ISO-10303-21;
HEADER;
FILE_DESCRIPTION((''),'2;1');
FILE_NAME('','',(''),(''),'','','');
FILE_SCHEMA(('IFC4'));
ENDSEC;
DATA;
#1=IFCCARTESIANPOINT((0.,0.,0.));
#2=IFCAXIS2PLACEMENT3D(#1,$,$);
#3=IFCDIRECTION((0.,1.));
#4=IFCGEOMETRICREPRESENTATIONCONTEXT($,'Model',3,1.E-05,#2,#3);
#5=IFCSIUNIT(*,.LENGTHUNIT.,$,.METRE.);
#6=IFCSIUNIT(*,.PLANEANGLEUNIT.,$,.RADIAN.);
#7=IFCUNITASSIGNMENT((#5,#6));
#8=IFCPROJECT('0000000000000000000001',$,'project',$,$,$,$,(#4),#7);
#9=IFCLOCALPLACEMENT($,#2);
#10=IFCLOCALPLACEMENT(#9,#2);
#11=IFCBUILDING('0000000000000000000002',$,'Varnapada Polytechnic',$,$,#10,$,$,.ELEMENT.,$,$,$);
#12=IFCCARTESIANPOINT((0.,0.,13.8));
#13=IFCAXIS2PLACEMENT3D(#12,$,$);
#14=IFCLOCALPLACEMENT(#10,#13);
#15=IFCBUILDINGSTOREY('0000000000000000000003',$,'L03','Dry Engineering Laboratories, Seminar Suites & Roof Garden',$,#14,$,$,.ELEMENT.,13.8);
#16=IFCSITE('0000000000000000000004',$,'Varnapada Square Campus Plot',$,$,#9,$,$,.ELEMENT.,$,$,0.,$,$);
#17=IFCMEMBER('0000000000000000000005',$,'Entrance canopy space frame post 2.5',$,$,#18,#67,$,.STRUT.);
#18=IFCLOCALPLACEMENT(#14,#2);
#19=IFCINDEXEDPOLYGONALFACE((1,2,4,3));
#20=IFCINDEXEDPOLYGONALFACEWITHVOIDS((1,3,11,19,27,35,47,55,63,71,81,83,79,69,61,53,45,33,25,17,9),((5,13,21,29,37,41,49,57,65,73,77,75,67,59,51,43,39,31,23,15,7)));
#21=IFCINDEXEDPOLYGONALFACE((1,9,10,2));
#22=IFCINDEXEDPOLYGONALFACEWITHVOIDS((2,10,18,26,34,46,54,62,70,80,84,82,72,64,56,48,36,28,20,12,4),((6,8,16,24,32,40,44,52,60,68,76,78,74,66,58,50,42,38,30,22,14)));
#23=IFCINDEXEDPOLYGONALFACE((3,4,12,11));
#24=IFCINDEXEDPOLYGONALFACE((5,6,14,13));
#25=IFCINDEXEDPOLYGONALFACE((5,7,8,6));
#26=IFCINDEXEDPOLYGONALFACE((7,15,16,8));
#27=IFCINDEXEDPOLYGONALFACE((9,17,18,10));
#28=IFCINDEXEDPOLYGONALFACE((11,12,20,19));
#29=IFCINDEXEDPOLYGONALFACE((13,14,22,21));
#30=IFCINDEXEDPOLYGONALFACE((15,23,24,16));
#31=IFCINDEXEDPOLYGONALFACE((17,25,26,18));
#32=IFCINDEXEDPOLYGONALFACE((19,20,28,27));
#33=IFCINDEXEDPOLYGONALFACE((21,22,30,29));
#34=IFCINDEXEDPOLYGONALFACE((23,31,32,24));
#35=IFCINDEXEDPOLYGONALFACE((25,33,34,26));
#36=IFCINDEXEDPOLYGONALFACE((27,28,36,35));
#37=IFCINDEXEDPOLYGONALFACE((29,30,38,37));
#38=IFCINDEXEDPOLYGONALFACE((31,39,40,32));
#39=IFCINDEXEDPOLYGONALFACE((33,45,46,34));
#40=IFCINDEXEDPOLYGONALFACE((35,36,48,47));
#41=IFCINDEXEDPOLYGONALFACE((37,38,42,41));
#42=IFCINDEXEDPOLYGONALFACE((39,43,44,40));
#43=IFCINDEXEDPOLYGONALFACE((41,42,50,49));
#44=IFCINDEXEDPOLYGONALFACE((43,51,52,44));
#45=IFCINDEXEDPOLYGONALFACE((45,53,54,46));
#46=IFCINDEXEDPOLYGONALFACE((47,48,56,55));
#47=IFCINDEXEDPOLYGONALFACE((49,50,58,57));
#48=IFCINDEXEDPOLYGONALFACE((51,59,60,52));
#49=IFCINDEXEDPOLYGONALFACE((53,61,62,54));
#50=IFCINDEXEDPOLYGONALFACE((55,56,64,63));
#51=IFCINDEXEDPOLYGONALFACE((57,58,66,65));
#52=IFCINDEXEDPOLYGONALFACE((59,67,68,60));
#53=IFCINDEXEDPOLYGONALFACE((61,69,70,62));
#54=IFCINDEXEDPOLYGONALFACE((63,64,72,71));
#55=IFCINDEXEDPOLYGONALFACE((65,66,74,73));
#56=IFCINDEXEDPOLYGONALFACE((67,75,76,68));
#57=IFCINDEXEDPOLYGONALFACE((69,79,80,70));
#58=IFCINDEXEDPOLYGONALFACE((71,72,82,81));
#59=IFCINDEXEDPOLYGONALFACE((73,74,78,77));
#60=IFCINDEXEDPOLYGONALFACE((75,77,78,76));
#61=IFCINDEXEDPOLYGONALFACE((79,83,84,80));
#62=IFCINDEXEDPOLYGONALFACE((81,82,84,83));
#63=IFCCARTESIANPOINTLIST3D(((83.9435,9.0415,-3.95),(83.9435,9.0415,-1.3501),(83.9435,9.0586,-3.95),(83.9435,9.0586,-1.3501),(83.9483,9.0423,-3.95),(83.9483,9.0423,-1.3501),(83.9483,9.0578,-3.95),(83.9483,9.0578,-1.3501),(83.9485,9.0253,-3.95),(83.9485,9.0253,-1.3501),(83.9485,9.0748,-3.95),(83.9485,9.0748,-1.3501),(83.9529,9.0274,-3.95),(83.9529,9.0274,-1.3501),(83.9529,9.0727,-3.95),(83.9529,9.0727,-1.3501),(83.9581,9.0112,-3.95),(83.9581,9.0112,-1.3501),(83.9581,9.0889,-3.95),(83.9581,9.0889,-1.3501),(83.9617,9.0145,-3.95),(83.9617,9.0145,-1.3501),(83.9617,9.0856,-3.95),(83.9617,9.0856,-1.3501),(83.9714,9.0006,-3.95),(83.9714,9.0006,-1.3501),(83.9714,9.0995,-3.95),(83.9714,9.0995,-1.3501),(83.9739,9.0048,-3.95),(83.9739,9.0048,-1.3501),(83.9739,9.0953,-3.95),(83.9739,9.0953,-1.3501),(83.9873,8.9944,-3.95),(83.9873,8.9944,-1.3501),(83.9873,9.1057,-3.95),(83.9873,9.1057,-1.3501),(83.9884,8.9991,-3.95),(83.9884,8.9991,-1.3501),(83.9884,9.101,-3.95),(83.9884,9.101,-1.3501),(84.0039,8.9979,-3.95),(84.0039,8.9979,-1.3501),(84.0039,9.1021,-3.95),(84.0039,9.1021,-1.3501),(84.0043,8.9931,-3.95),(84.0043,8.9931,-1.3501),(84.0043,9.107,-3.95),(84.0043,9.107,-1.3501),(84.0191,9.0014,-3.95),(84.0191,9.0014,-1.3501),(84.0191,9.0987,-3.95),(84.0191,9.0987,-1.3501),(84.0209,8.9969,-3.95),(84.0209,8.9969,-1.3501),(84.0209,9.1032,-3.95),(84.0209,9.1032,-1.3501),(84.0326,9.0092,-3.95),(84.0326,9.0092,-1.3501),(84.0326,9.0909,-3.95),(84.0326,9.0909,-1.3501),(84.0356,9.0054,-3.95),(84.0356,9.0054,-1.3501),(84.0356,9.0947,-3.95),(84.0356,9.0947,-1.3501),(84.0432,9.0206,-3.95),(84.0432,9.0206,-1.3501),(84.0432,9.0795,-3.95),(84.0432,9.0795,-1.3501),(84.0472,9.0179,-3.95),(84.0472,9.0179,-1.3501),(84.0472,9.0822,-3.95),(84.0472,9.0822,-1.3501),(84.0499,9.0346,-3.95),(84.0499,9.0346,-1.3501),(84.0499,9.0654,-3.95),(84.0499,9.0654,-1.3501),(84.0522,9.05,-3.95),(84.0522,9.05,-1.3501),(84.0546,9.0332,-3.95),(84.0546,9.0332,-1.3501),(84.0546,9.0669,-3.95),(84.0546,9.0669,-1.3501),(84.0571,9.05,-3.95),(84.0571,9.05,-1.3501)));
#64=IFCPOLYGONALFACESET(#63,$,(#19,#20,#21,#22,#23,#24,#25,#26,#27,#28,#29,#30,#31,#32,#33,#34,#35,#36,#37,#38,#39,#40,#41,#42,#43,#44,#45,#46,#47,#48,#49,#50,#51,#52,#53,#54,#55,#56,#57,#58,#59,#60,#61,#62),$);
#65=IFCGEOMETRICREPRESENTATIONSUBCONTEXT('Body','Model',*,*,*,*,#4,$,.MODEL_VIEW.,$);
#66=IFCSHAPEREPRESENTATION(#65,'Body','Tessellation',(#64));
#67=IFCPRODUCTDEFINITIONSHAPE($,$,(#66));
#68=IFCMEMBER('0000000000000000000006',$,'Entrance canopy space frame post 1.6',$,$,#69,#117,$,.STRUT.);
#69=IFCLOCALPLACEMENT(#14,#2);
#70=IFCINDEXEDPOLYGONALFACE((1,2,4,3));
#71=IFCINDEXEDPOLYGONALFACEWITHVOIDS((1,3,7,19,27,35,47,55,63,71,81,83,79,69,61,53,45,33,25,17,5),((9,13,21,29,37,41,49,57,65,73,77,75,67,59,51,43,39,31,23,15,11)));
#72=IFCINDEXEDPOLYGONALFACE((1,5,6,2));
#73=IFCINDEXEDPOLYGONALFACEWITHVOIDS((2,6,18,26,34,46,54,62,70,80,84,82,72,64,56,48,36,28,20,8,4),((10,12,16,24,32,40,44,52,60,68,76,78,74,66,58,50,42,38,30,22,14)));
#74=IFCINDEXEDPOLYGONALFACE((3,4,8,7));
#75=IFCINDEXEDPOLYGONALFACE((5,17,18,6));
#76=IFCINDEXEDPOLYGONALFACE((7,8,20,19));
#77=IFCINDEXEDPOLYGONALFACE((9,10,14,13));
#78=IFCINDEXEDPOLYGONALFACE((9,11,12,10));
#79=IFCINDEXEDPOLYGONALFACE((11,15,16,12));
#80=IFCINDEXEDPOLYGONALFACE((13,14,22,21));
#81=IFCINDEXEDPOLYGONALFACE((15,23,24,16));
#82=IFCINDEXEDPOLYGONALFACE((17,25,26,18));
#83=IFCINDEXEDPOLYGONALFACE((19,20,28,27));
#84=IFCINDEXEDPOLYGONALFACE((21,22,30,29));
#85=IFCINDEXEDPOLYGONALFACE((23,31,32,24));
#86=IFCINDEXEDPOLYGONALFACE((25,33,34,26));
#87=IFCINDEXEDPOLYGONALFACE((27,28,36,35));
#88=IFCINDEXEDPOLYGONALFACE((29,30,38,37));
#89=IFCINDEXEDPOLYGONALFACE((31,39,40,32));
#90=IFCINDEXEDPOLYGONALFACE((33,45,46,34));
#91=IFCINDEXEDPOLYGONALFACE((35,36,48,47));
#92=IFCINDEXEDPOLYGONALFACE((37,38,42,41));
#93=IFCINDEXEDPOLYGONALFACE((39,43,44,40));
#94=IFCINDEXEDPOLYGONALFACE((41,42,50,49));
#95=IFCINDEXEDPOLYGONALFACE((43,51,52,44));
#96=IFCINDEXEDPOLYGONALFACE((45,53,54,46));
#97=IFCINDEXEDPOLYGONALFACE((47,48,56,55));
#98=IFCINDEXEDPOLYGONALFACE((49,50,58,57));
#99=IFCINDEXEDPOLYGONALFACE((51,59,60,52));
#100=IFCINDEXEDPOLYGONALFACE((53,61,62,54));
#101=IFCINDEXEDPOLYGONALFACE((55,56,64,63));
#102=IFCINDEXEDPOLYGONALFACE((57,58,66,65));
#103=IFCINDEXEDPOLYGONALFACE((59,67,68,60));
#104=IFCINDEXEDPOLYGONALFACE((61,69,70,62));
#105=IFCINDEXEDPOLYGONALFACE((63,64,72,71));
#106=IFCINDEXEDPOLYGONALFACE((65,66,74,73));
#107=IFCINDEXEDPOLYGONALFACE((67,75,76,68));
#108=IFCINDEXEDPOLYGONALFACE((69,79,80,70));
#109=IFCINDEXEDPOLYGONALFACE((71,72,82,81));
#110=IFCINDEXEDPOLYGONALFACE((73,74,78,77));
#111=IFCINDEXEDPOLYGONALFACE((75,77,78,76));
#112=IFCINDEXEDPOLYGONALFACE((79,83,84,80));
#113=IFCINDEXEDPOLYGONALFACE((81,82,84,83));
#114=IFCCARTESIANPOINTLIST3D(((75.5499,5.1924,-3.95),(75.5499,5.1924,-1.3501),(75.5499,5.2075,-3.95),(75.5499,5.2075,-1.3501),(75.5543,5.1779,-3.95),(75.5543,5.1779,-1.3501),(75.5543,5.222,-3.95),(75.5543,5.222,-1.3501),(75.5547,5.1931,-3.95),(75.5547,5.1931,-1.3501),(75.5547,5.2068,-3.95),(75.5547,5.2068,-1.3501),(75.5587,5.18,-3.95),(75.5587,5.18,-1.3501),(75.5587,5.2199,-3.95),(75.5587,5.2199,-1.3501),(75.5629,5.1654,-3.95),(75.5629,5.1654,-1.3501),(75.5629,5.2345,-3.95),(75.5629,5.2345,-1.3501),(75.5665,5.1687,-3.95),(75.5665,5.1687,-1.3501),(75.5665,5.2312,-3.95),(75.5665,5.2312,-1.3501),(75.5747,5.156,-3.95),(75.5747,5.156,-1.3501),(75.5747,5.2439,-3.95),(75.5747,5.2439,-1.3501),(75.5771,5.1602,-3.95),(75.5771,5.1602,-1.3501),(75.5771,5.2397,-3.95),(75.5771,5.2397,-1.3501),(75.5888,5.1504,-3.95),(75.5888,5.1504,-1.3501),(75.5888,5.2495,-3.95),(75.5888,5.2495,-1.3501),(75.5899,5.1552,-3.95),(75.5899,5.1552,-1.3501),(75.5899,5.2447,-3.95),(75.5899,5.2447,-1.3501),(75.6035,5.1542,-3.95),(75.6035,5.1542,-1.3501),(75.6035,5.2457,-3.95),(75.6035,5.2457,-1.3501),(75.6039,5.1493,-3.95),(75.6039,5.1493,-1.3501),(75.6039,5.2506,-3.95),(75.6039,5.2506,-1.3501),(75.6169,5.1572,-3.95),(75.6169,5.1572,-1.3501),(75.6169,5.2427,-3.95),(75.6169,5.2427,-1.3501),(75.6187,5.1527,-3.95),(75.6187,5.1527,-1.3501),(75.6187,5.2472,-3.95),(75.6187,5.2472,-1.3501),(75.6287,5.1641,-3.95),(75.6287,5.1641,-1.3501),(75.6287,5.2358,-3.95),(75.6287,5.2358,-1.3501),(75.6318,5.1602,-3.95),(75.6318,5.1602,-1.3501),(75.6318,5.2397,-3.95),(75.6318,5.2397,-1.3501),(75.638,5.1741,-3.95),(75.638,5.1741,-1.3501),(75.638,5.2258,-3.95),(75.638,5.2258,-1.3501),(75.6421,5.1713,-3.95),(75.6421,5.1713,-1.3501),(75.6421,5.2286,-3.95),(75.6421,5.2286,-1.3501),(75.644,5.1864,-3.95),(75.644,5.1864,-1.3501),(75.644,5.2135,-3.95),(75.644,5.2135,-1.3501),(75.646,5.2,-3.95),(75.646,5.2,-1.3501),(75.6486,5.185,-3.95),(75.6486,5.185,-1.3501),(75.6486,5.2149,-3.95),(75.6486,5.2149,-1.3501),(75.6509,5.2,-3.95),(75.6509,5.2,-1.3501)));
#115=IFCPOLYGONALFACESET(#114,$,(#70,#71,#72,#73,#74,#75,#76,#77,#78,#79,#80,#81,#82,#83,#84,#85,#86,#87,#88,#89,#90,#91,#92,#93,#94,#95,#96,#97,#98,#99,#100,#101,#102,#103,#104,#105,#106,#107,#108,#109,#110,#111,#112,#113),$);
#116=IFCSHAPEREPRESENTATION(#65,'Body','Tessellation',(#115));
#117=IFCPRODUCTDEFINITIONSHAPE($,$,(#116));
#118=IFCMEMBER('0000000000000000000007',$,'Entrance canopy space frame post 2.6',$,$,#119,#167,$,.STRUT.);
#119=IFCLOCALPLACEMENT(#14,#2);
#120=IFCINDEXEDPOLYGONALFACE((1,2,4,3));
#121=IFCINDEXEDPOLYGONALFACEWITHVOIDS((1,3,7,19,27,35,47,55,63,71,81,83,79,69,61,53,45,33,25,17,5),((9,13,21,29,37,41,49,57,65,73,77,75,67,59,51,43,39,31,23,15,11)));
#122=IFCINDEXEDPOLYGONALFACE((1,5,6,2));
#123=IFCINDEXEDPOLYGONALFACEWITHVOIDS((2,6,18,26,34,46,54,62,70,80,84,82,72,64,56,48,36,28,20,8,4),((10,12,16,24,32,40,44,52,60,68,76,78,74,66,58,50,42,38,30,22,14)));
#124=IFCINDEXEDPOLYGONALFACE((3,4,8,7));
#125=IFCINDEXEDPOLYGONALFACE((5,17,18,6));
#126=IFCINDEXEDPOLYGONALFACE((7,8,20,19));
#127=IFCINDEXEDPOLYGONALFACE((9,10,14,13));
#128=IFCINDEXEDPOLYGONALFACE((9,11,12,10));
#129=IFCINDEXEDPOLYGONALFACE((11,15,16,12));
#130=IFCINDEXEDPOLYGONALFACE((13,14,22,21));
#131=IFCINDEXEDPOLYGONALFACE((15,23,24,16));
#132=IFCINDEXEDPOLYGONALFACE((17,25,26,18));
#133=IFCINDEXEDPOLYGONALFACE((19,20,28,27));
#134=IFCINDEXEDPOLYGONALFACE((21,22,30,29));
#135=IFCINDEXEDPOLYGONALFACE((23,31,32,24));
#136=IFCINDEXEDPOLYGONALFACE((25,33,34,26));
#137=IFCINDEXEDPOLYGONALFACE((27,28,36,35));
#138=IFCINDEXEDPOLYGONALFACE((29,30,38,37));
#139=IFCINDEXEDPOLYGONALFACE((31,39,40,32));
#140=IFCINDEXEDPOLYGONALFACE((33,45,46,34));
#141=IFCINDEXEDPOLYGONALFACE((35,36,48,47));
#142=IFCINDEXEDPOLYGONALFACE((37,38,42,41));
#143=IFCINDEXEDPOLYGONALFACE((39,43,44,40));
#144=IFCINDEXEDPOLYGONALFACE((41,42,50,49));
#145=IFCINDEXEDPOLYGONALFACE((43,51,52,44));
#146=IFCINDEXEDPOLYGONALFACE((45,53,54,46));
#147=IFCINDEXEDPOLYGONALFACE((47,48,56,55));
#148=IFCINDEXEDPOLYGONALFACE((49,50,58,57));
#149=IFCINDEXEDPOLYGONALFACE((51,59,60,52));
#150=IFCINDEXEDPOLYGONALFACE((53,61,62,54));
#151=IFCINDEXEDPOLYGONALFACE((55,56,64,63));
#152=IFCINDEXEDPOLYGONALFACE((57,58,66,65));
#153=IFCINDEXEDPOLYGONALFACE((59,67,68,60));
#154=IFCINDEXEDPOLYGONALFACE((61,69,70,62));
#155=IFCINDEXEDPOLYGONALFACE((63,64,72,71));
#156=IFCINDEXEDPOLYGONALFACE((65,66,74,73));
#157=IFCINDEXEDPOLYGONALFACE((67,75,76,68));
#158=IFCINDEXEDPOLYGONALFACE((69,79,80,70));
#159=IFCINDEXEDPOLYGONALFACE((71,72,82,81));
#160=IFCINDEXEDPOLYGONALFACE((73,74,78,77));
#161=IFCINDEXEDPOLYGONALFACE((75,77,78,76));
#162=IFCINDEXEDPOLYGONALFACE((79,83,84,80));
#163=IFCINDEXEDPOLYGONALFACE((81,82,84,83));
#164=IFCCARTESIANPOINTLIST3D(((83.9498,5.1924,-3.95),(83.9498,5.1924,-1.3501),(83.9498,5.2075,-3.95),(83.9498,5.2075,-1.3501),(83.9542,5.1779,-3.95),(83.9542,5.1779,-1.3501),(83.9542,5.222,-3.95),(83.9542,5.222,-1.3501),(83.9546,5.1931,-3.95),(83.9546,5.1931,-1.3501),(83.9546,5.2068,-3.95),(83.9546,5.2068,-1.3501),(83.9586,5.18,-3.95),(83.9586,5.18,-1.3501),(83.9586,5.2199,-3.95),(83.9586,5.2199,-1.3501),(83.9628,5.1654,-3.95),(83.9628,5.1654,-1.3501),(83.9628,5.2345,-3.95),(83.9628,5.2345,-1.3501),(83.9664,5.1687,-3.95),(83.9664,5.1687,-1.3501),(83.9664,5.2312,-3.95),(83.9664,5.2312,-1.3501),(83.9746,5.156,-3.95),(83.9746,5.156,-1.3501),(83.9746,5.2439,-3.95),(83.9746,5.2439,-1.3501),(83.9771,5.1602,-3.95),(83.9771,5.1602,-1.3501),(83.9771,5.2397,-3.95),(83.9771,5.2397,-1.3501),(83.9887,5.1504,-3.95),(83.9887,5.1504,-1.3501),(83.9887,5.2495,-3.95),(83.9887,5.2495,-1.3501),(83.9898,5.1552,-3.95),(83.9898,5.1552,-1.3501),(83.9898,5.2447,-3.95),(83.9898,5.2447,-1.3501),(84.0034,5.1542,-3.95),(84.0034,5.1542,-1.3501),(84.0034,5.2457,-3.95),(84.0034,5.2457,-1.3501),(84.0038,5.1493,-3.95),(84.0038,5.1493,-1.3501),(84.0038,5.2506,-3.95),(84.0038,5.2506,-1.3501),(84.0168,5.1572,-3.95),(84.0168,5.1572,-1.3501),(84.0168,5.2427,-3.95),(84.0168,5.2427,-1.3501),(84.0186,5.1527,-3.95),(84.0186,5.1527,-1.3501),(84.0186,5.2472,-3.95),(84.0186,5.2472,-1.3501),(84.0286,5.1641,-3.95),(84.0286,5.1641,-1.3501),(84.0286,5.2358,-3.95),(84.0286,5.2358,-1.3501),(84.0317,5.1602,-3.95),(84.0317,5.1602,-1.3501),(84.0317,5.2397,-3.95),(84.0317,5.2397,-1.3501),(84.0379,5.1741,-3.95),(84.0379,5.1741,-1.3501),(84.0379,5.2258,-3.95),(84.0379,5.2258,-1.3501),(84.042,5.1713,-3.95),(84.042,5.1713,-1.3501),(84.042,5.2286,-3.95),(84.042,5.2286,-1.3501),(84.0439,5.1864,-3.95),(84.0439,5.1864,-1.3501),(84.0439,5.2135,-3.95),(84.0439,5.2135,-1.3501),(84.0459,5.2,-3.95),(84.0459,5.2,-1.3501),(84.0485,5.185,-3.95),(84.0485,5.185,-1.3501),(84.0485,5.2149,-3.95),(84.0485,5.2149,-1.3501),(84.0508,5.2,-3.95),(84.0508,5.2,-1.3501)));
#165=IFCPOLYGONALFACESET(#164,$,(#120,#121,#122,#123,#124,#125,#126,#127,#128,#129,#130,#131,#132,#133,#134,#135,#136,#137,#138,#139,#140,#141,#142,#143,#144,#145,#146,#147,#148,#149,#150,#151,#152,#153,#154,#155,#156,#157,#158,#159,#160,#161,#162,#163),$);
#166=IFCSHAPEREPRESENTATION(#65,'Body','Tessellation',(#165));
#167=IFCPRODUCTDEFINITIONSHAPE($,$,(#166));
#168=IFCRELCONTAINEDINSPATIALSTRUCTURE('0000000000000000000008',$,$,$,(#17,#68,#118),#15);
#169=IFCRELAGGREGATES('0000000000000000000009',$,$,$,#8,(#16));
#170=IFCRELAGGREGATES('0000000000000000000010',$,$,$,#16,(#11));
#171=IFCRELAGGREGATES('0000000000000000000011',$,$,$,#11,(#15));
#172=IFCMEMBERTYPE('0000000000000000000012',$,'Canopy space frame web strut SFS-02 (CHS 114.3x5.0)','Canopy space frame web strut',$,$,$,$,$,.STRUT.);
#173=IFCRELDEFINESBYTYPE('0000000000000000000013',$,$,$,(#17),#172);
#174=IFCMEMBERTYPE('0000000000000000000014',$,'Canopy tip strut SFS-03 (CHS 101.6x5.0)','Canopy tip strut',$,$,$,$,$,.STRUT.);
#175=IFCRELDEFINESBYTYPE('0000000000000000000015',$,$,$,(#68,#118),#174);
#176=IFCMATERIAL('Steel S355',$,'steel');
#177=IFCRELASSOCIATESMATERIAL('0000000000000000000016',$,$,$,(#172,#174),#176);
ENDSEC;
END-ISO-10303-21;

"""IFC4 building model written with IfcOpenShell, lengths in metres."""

from ifc_helpers import new_model, si_unit, direction, frame, origin, origin_2d, place, context, subcontext, project, spatial, hollow_circle, extrude, material, material_profile, profile_set, type_object, element, save


model = new_model("IFC4")

# Units and contexts
model_context = context("Model", 3, precision=1e-05, world=origin(), true_north=direction((0.0, 1.0)))
body_context = subcontext(model_context, "Body", "Model", "MODEL_VIEW")
ifc_project = project(units=[si_unit("LENGTHUNIT", "METRE"), si_unit("PLANEANGLEUNIT", "RADIAN")], contexts=[model_context])

# Site, building, storey
site_placement = place(None, origin())
site = spatial("IfcSite", under=ifc_project, at=site_placement, Name="Varnapada Square Campus Plot", CompositionType="ELEMENT", RefElevation=0.0)
building_placement = place(site_placement, origin())
building = spatial("IfcBuilding", under=site, at=building_placement, Name="Varnapada Polytechnic", CompositionType="ELEMENT")
storey_placement = place(building_placement, frame((0.0, 0.0, 13.8)))
storey = spatial("IfcBuildingStorey", under=building, at=storey_placement, Name="L03", Description="Dry Engineering Laboratories, Seminar Suites & Roof Garden", CompositionType="ELEMENT", Elevation=13.8)

# Members
ifc_material = material(Name="Steel S355", Category="steel")
ifc_material_profile_1 = material_profile(ifc_material, hollow_circle(Radius=0.0571, WallThickness=0.0049, at=origin_2d()), Name="CHS 114.3x5.0")
ifc_profile_set_1 = profile_set([ifc_material_profile_1], Name="Steel S355")
member_type_1 = type_object("IfcMemberType", Name="Canopy space frame web strut SFS-02 (CHS 114.3x5.0)", Description="Canopy space frame web strut", PredefinedType="STRUT", material=ifc_profile_set_1)
for number, where, z_axis, x_axis, name in (
    (1, (84.0, 9.05, -3.95), (0.0, 0.0, 1.0), (1.0, 0.0, 0.0), "Entrance canopy space frame post 2.5"),
):
    element("IfcMember", number, at=place(storey_placement, frame(where, z_axis=z_axis, x_axis=x_axis)), inside=storey, type_object=member_type_1, Name=name, PredefinedType="STRUT", context=body_context, shape_type="SweptSolid", body=[
        extrude(hollow_circle(Radius=0.0571, WallThickness=0.0049, at=origin_2d()), origin(), (0.0, 0.0, 1.0), 2.5999),
    ])
ifc_material_profile_2 = material_profile(ifc_material, hollow_circle(Radius=0.0508, WallThickness=0.0049, at=origin_2d()), Name="CHS 101.6x5.0")
ifc_profile_set_2 = profile_set([ifc_material_profile_2], Name="Steel S355")
member_type_2 = type_object("IfcMemberType", Name="Canopy tip strut SFS-03 (CHS 101.6x5.0)", Description="Canopy tip strut", PredefinedType="STRUT", material=ifc_profile_set_2)
for number, where, z_axis, x_axis, name in (
    (2, (75.6001, 5.2, -3.95), (0.0, 0.0, 1.0), (1.0, 0.0, 0.0), "Entrance canopy space frame post 1.6"),
    (3, (84.0, 5.2, -3.95), (0.0, 0.0, 1.0), (1.0, 0.0, 0.0), "Entrance canopy space frame post 2.6"),
):
    element("IfcMember", number, at=place(storey_placement, frame(where, z_axis=z_axis, x_axis=x_axis)), inside=storey, type_object=member_type_2, Name=name, PredefinedType="STRUT", context=body_context, shape_type="SweptSolid", body=[
        extrude(hollow_circle(Radius=0.0508, WallThickness=0.0049, at=origin_2d()), origin(), (0.0, 0.0, 1.0), 2.5999),
    ])

save(model, "model.ifc")
